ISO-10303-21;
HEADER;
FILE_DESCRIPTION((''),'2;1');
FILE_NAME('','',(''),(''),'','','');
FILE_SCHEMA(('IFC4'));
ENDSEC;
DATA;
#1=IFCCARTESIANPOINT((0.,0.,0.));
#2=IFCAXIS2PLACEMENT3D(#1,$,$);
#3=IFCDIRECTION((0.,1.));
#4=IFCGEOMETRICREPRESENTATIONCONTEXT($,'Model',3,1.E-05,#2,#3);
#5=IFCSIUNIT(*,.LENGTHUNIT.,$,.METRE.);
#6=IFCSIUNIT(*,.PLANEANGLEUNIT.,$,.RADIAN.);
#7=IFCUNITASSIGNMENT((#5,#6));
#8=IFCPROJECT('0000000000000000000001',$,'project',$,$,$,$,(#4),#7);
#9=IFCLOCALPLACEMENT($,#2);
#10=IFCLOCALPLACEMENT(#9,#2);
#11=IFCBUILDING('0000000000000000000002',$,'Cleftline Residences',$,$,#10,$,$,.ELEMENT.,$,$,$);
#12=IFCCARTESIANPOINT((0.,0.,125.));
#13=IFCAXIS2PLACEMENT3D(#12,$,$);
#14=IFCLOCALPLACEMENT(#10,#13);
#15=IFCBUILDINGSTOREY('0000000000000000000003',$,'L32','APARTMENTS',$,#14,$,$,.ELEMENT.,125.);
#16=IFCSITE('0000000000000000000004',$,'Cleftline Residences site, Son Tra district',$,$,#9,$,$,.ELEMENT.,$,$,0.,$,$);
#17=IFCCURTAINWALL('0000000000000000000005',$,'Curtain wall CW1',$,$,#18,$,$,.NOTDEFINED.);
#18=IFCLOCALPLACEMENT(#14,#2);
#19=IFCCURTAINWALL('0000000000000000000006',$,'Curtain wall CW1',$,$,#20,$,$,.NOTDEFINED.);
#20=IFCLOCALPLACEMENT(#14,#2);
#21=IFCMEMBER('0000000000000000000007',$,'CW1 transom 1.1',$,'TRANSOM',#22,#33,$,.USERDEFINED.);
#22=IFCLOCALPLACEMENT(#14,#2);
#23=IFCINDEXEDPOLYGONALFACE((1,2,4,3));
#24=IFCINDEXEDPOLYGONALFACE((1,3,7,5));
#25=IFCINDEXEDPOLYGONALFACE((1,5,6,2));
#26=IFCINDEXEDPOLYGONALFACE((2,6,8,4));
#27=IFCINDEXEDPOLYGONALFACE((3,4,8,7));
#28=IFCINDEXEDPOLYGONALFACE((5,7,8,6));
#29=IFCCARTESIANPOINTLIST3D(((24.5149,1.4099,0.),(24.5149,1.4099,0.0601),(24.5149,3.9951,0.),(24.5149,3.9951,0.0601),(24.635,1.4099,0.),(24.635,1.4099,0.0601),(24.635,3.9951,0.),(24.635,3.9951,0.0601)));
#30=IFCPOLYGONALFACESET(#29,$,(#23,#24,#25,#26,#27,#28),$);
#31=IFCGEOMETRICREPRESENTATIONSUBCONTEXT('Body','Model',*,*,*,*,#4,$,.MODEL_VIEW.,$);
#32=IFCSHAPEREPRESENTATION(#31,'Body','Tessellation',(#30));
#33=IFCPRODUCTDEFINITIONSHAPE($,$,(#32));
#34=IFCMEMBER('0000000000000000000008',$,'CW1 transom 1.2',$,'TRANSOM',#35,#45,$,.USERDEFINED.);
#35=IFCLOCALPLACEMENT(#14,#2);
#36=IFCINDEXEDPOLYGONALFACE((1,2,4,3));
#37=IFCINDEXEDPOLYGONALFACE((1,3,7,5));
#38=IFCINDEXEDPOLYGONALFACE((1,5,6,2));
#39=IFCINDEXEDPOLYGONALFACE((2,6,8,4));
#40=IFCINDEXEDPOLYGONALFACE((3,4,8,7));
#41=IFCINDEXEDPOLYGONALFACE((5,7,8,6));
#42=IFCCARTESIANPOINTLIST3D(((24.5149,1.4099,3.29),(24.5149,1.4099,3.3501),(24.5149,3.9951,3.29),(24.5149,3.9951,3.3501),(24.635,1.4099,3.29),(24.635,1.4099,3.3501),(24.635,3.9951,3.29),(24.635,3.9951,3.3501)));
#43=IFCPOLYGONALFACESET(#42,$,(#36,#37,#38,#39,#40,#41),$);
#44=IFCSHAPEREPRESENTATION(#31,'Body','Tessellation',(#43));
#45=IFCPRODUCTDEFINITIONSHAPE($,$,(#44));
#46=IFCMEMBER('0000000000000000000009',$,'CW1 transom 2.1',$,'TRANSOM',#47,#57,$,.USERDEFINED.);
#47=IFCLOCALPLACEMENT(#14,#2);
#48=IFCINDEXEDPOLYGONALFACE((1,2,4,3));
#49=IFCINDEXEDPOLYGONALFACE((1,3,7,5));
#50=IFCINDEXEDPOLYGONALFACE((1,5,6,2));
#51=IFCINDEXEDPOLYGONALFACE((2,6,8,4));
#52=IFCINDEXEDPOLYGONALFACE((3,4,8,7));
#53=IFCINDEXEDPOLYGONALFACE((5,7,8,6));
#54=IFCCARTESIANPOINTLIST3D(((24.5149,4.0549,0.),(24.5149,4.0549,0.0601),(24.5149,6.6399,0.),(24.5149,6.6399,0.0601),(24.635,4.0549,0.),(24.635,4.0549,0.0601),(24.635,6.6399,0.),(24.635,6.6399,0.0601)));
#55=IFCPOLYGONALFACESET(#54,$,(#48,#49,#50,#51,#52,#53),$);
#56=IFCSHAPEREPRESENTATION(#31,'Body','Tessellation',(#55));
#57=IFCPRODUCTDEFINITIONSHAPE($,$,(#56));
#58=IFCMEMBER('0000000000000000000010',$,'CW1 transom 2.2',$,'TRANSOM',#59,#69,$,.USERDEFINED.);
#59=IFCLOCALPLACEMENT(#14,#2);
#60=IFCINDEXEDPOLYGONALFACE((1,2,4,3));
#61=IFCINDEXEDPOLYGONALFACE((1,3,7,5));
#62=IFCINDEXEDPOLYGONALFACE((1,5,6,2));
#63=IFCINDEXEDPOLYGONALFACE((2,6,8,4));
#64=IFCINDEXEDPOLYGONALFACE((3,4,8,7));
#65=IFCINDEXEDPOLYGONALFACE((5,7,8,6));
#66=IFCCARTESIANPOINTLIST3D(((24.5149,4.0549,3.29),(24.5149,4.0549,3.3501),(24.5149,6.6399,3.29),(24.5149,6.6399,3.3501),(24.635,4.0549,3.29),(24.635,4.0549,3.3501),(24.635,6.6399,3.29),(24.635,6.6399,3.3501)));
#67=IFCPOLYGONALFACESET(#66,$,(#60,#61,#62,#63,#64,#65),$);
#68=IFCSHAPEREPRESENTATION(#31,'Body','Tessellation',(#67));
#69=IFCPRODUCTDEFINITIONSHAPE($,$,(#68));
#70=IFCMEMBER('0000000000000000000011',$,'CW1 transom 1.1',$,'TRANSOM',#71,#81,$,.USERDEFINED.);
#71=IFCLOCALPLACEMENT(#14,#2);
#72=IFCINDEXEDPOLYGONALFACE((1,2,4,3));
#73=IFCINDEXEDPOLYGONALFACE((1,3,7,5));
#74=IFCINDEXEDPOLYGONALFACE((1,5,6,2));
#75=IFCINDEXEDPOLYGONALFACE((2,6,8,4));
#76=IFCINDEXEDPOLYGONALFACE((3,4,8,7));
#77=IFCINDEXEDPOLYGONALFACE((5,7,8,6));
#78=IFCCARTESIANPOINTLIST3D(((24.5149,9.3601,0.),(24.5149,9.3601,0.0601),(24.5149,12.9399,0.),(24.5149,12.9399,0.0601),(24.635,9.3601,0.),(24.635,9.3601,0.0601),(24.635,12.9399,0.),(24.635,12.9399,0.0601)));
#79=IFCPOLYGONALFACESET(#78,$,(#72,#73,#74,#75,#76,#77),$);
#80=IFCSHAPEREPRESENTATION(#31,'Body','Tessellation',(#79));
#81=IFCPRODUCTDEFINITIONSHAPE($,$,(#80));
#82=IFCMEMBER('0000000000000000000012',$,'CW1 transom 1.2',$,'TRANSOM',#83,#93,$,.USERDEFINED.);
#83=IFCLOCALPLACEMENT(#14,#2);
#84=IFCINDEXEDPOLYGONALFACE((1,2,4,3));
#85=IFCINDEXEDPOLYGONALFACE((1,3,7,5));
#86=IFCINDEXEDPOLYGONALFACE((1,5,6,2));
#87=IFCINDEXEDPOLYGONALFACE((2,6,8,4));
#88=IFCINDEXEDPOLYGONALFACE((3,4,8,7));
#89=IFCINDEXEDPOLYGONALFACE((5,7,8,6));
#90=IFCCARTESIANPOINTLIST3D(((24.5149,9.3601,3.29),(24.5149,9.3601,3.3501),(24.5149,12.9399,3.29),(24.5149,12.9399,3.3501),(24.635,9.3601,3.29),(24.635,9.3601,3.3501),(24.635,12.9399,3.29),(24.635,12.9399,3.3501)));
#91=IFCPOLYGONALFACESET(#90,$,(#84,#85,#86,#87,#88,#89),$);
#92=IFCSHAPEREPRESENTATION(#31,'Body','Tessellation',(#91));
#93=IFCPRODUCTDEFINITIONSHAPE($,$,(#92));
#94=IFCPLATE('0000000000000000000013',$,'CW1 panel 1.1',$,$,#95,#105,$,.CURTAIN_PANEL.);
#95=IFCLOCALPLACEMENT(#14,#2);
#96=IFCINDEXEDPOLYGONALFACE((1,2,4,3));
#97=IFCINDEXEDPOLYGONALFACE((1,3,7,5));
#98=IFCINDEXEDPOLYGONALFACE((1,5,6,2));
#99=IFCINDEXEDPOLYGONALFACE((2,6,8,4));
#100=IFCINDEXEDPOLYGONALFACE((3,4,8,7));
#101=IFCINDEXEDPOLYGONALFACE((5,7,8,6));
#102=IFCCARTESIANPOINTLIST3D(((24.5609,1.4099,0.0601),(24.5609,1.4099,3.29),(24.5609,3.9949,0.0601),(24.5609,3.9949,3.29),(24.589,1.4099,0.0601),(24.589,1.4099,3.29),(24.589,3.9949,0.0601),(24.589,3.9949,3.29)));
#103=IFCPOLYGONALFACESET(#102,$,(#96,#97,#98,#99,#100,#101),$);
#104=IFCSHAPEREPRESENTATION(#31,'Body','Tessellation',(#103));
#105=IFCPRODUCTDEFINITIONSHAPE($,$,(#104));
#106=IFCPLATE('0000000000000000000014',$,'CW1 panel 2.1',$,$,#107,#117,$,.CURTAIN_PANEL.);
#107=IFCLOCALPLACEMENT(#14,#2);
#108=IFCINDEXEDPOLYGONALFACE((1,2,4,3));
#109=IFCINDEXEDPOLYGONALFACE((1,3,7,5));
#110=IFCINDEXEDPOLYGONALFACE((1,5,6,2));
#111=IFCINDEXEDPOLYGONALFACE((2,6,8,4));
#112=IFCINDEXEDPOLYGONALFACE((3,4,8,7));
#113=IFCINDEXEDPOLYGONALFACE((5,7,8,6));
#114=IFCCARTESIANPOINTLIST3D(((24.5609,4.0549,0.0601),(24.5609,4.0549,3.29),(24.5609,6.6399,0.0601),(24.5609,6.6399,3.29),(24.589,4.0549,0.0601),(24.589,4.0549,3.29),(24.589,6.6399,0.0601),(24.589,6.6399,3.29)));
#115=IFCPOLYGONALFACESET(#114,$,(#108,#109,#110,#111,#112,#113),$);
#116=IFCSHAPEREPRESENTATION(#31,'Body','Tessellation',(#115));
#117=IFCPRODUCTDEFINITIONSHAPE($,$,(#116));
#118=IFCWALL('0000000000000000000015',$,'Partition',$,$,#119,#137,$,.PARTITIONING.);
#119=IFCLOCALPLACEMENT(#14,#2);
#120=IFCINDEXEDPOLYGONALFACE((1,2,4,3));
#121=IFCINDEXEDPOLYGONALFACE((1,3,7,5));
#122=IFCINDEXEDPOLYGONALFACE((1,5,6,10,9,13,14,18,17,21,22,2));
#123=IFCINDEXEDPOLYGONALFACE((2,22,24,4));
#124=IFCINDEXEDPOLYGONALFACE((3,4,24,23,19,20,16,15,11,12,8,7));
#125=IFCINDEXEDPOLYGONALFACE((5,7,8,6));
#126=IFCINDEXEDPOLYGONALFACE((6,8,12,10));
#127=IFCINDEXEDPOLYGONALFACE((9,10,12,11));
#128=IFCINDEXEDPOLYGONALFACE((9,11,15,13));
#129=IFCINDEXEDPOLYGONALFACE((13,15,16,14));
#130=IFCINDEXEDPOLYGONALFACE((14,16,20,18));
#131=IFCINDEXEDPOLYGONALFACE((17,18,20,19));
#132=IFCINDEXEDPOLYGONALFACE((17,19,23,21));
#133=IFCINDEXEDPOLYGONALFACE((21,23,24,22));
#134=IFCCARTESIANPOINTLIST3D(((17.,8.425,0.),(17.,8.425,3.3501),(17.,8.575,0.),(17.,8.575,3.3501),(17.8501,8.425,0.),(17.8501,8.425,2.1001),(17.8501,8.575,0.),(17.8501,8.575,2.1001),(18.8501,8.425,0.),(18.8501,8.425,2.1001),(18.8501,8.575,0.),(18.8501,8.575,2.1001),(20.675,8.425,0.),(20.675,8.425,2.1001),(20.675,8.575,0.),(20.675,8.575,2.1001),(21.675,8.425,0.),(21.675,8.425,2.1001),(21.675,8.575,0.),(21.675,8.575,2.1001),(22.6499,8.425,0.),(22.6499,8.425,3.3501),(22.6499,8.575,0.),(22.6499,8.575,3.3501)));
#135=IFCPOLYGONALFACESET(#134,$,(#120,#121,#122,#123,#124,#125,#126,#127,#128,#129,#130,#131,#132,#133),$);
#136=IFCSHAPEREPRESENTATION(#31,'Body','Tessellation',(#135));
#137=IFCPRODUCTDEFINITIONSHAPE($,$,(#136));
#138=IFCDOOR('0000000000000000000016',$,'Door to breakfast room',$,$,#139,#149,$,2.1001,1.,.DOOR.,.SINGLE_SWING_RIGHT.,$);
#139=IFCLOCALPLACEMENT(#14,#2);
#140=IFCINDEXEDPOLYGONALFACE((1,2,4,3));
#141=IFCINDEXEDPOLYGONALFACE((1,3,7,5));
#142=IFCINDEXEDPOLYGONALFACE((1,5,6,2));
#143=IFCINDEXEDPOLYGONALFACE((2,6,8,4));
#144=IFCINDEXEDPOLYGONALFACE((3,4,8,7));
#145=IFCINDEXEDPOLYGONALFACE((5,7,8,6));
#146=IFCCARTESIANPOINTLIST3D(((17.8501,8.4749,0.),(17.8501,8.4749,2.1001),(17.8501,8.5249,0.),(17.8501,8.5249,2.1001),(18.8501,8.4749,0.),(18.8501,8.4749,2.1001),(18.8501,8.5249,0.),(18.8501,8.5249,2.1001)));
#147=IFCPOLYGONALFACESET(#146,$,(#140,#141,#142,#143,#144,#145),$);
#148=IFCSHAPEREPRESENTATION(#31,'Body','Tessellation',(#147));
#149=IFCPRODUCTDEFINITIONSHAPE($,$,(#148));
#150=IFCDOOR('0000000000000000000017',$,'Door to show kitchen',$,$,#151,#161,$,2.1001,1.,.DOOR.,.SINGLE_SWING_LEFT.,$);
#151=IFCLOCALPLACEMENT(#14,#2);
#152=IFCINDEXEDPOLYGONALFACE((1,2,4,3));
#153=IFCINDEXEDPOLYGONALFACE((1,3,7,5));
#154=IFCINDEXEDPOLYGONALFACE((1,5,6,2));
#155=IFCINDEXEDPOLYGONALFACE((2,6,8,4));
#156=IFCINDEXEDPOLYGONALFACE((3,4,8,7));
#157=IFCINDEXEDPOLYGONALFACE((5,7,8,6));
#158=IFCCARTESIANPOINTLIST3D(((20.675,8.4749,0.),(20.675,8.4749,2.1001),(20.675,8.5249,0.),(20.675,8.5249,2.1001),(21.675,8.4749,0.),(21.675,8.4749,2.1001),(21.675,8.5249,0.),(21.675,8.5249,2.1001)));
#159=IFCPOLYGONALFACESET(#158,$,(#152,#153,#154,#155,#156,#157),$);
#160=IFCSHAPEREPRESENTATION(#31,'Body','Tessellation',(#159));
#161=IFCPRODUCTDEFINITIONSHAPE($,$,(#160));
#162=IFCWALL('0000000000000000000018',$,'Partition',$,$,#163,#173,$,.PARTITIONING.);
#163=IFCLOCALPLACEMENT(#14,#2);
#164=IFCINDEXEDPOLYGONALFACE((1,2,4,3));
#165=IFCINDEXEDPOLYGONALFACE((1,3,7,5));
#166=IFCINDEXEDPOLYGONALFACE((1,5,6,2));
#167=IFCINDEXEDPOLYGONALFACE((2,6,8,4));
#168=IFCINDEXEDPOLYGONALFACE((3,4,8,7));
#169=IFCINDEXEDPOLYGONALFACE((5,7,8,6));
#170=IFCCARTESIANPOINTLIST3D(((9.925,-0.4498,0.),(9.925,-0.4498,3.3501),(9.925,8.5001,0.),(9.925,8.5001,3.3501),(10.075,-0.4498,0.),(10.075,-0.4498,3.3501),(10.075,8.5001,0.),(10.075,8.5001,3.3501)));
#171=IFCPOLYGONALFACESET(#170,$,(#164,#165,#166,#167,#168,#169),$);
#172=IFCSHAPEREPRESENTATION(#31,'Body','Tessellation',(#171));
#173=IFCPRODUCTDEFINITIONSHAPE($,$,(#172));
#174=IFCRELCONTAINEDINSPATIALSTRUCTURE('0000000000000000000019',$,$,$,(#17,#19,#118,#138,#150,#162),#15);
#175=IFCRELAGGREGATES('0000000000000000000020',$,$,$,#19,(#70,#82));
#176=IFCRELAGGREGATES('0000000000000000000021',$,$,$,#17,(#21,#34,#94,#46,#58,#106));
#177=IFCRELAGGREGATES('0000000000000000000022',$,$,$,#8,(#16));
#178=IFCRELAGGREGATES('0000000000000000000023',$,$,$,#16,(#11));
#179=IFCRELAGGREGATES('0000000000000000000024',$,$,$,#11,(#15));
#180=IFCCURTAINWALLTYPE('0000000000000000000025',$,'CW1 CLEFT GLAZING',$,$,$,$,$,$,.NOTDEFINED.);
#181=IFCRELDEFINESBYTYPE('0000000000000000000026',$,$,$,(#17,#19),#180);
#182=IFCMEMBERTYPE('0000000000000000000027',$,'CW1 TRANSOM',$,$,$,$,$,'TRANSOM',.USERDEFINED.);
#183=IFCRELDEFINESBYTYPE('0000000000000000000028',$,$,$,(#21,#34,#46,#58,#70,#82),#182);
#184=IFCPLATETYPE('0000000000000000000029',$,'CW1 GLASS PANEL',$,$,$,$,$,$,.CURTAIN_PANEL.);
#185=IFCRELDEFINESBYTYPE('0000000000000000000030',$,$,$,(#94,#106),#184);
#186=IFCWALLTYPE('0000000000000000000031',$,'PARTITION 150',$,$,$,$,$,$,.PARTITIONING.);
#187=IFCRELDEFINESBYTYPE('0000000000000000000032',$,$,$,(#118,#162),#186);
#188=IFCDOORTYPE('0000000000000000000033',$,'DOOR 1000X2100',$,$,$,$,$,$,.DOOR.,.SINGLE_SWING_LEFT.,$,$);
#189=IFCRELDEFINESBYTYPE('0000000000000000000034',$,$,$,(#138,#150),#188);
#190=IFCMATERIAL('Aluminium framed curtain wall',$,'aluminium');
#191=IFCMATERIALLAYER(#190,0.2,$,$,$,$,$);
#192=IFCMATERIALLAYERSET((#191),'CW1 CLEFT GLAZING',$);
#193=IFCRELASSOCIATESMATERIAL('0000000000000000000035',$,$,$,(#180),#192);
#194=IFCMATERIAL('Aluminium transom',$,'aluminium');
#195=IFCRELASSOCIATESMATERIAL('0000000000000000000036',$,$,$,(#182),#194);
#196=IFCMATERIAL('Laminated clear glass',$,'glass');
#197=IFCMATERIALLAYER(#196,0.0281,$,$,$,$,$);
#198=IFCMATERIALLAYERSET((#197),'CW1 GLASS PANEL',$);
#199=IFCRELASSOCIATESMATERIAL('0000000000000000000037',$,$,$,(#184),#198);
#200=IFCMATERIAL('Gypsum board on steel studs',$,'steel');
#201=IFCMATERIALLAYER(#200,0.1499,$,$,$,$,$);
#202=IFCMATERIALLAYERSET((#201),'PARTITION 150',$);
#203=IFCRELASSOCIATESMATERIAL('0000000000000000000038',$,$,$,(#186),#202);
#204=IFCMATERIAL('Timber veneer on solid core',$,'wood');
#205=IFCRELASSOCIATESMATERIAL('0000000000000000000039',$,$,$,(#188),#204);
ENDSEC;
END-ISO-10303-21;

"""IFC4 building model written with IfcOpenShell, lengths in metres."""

from ifc_helpers import new_model, si_unit, direction, frame, frame_2d, origin, origin_2d, place, context, subcontext, project, spatial, rectangle, extrude, material, layer, layer_set, material_profile, profile_set, type_object, element, fill, aggregate, save


model = new_model("IFC4")

# Units and contexts
model_context = context("Model", 3, precision=1e-05, world=origin(), true_north=direction((0.0, 1.0)))
body_context = subcontext(model_context, "Body", "Model", "MODEL_VIEW")
ifc_project = project(units=[si_unit("LENGTHUNIT", "METRE"), si_unit("PLANEANGLEUNIT", "RADIAN")], contexts=[model_context])

# Site, building, storey
site_placement = place(None, origin())
site = spatial("IfcSite", under=ifc_project, at=site_placement, Name="Cleftline Residences site, Son Tra district", CompositionType="ELEMENT", RefElevation=0.0)
building_placement = place(site_placement, origin())
building = spatial("IfcBuilding", under=site, at=building_placement, Name="Cleftline Residences", CompositionType="ELEMENT")
storey_placement = place(building_placement, frame((0.0, 0.0, 125.0)))
storey = spatial("IfcBuildingStorey", under=building, at=storey_placement, Name="L32", Description="APARTMENTS", CompositionType="ELEMENT", Elevation=125.0)

# Curtain wall
ifc_material_1 = material(Name="Aluminium framed curtain wall", Category="aluminium")
ifc_layer_1 = layer(ifc_material_1, 0.2)
ifc_layer_set_1 = layer_set([ifc_layer_1], Name="CW1 CLEFT GLAZING")
curtain_wall_type = type_object("IfcCurtainWallType", Name="CW1 CLEFT GLAZING", PredefinedType="NOTDEFINED", material=ifc_layer_set_1)
curtain_wall_1_placement = place(storey_placement, origin())
curtain_wall_1 = element("IfcCurtainWall", 1, at=curtain_wall_1_placement, inside=storey, type_object=curtain_wall_type, Name="Curtain wall CW1", PredefinedType="NOTDEFINED")

# Curtain wall
curtain_wall_2_placement = place(storey_placement, origin())
curtain_wall_2 = element("IfcCurtainWall", 2, at=curtain_wall_2_placement, inside=storey, type_object=curtain_wall_type, Name="Curtain wall CW1", PredefinedType="NOTDEFINED")

# Members
ifc_material_2 = material(Name="Aluminium transom", Category="aluminium")
ifc_material_profile_1 = material_profile(ifc_material_2, rectangle(XDim=0.1201, YDim=0.0601, at=origin_2d()))
ifc_profile_set_1 = profile_set([ifc_material_profile_1], Name="Aluminium transom")
member_type_1 = type_object("IfcMemberType", Name="CW1 TRANSOM", ElementType="TRANSOM", PredefinedType="USERDEFINED", material=ifc_profile_set_1)
member_1_placement = place(storey_placement, frame((24.575, 1.4099, 0.03), z_axis=(0.0, 1.0, 0.0), x_axis=(-1.0, 0.0, 0.0)))
member_1 = element("IfcMember", 3, at=member_1_placement, type_object=member_type_1, Name="CW1 transom 1.1", ObjectType="TRANSOM", PredefinedType="USERDEFINED", context=body_context, shape_type="SweptSolid", body=[
    extrude(rectangle(XDim=0.1201, YDim=0.0601, at=origin_2d()), origin(), (0.0, 0.0, 1.0), 2.5852),
])
member_2_placement = place(storey_placement, frame((24.575, 1.4099, 3.3201), z_axis=(0.0, 1.0, 0.0), x_axis=(-1.0, 0.0, 0.0)))
member_2 = element("IfcMember", 4, at=member_2_placement, type_object=member_type_1, Name="CW1 transom 1.2", ObjectType="TRANSOM", PredefinedType="USERDEFINED", context=body_context, shape_type="SweptSolid", body=[
    extrude(rectangle(XDim=0.1201, YDim=0.0601, at=origin_2d()), origin(), (0.0, 0.0, 1.0), 2.5852),
])
member_3_placement = place(storey_placement, frame((24.575, 4.0549, 0.03), z_axis=(0.0, 1.0, 0.0), x_axis=(-1.0, 0.0, 0.0)))
member_3 = element("IfcMember", 5, at=member_3_placement, type_object=member_type_1, Name="CW1 transom 2.1", ObjectType="TRANSOM", PredefinedType="USERDEFINED", context=body_context, shape_type="SweptSolid", body=[
    extrude(rectangle(XDim=0.1201, YDim=0.0601, at=origin_2d()), origin(), (0.0, 0.0, 1.0), 2.585),
])
member_4_placement = place(storey_placement, frame((24.575, 4.0549, 3.3201), z_axis=(0.0, 1.0, 0.0), x_axis=(-1.0, 0.0, 0.0)))
member_4 = element("IfcMember", 6, at=member_4_placement, type_object=member_type_1, Name="CW1 transom 2.2", ObjectType="TRANSOM", PredefinedType="USERDEFINED", context=body_context, shape_type="SweptSolid", body=[
    extrude(rectangle(XDim=0.1201, YDim=0.0601, at=origin_2d()), origin(), (0.0, 0.0, 1.0), 2.585),
])
member_5_placement = place(storey_placement, frame((24.575, 9.3601, 0.03), z_axis=(0.0, 1.0, 0.0), x_axis=(-1.0, 0.0, 0.0)))
member_5 = element("IfcMember", 7, at=member_5_placement, type_object=member_type_1, Name="CW1 transom 1.1", ObjectType="TRANSOM", PredefinedType="USERDEFINED", context=body_context, shape_type="SweptSolid", body=[
    extrude(rectangle(XDim=0.1201, YDim=0.0601, at=origin_2d()), origin(), (0.0, 0.0, 1.0), 3.5798),
])
member_6_placement = place(storey_placement, frame((24.575, 9.3601, 3.3201), z_axis=(0.0, 1.0, 0.0), x_axis=(-1.0, 0.0, 0.0)))
member_6 = element("IfcMember", 8, at=member_6_placement, type_object=member_type_1, Name="CW1 transom 1.2", ObjectType="TRANSOM", PredefinedType="USERDEFINED", context=body_context, shape_type="SweptSolid", body=[
    extrude(rectangle(XDim=0.1201, YDim=0.0601, at=origin_2d()), origin(), (0.0, 0.0, 1.0), 3.5798),
])
aggregate(curtain_wall_2, [member_5, member_6])

# Plates
ifc_material_3 = material(Name="Laminated clear glass", Category="glass")
ifc_layer_2 = layer(ifc_material_3, 0.0281)
ifc_layer_set_2 = layer_set([ifc_layer_2], Name="CW1 GLASS PANEL")
plate_type = type_object("IfcPlateType", Name="CW1 GLASS PANEL", PredefinedType="CURTAIN_PANEL", material=ifc_layer_set_2)
plate_1_placement = place(storey_placement, frame((24.575, 2.7024, 0.0601), z_axis=(0.0, 0.0, 1.0), x_axis=(0.0, 1.0, 0.0)))
plate_1 = element("IfcPlate", 9, at=plate_1_placement, type_object=plate_type, Name="CW1 panel 1.1", PredefinedType="CURTAIN_PANEL", context=body_context, shape_type="SweptSolid", body=[
    extrude(rectangle(XDim=2.585, YDim=0.0281, at=origin_2d()), origin(), (0.0, 0.0, 1.0), 3.23),
])
plate_2_placement = place(storey_placement, frame((24.575, 5.3474, 0.0601), z_axis=(0.0, 0.0, 1.0), x_axis=(0.0, 1.0, 0.0)))
plate_2 = element("IfcPlate", 10, at=plate_2_placement, type_object=plate_type, Name="CW1 panel 2.1", PredefinedType="CURTAIN_PANEL", context=body_context, shape_type="SweptSolid", body=[
    extrude(rectangle(XDim=2.585, YDim=0.0281, at=origin_2d()), origin(), (0.0, 0.0, 1.0), 3.23),
])
aggregate(curtain_wall_1, [member_1, member_2, plate_1, member_3, member_4, plate_2])

# Wall, openings, doors
ifc_material_4 = material(Name="Gypsum board on steel studs", Category="steel")
ifc_layer_3 = layer(ifc_material_4, 0.1499)
ifc_layer_set_3 = layer_set([ifc_layer_3], Name="PARTITION 150")
wall_type = type_object("IfcWallType", Name="PARTITION 150", PredefinedType="PARTITIONING", material=ifc_layer_set_3)
wall_1_placement = place(storey_placement, frame((17.0, 8.5, 0.0), z_axis=(0.0, 0.0, 1.0), x_axis=(1.0, 0.0, 0.0)))
wall_1 = element("IfcWall", 11, at=wall_1_placement, inside=storey, type_object=wall_type, Name="Partition", PredefinedType="PARTITIONING", context=body_context, shape_type="SweptSolid", body=[
    extrude(rectangle(XDim=5.6499, YDim=0.1499, at=frame_2d((2.825, 0.0))), origin(), (0.0, 0.0, 1.0), 3.3501),
])
opening_1_placement = place(wall_1_placement, frame((0.8501, 0.0, 0.0)))
opening_1 = element("IfcOpeningElement", 12, at=opening_1_placement, cuts=wall_1, PredefinedType="OPENING", context=body_context, shape_type="SweptSolid", body=[
    extrude(rectangle(XDim=1.0, YDim=2.1001, at=frame_2d((0.5, 1.05))), frame((0.0, 0.085, 0.0), z_axis=(0.0, -1.0, 0.0), x_axis=(1.0, 0.0, 0.0)), (0.0, 0.0, 1.0), 0.1699),
])
opening_2_placement = place(wall_1_placement, frame((3.675, 0.0, 0.0)))
opening_2 = element("IfcOpeningElement", 13, at=opening_2_placement, cuts=wall_1, PredefinedType="OPENING", context=body_context, shape_type="SweptSolid", body=[
    extrude(rectangle(XDim=1.0, YDim=2.1001, at=frame_2d((0.5, 1.05))), frame((0.0, 0.085, 0.0), z_axis=(0.0, -1.0, 0.0), x_axis=(1.0, 0.0, 0.0)), (0.0, 0.0, 1.0), 0.1699),
])
ifc_material_5 = material(Name="Timber veneer on solid core", Category="wood")
door_type_1 = type_object("IfcDoorType", Name="DOOR 1000X2100", OperationType="SINGLE_SWING_LEFT", PredefinedType="DOOR", material=ifc_material_5)
door_1_placement = place(opening_1_placement, origin())
door_1 = element("IfcDoor", 14, at=door_1_placement, inside=storey, type_object=door_type_1, Name="Door to breakfast room", OperationType="SINGLE_SWING_RIGHT", OverallHeight=2.1001, OverallWidth=1.0, PredefinedType="DOOR", context=body_context, shape_type="SweptSolid", body=[
    extrude(rectangle(XDim=1.0, YDim=2.1001, at=frame_2d((0.5, 1.05))), frame((0.0, 0.0249, 0.0), z_axis=(0.0, -1.0, 0.0), x_axis=(1.0, 0.0, 0.0)), (0.0, 0.0, 1.0), 0.05),
])
fill(opening_1, door_1)
door_2_placement = place(opening_2_placement, origin())
door_2 = element("IfcDoor", 15, at=door_2_placement, inside=storey, type_object=door_type_1, Name="Door to show kitchen", OperationType="SINGLE_SWING_LEFT", OverallHeight=2.1001, OverallWidth=1.0, PredefinedType="DOOR", context=body_context, shape_type="SweptSolid", body=[
    extrude(rectangle(XDim=1.0, YDim=2.1001, at=frame_2d((0.5, 1.05))), frame((0.0, 0.0249, 0.0), z_axis=(0.0, -1.0, 0.0), x_axis=(1.0, 0.0, 0.0)), (0.0, 0.0, 1.0), 0.05),
])
fill(opening_2, door_2)

# Wall
wall_2_placement = place(storey_placement, frame((10.0, -0.45, 0.0), z_axis=(0.0, 0.0, 1.0), x_axis=(0.0, 1.0, 0.0)))
element("IfcWall", 16, at=wall_2_placement, inside=storey, type_object=wall_type, Name="Partition", PredefinedType="PARTITIONING", context=body_context, shape_type="SweptSolid", body=[
    extrude(rectangle(XDim=8.95, YDim=0.1499, at=frame_2d((4.4751, 0.0))), origin(), (0.0, 0.0, 1.0), 3.3501),
])

save(model, "model.ifc")
